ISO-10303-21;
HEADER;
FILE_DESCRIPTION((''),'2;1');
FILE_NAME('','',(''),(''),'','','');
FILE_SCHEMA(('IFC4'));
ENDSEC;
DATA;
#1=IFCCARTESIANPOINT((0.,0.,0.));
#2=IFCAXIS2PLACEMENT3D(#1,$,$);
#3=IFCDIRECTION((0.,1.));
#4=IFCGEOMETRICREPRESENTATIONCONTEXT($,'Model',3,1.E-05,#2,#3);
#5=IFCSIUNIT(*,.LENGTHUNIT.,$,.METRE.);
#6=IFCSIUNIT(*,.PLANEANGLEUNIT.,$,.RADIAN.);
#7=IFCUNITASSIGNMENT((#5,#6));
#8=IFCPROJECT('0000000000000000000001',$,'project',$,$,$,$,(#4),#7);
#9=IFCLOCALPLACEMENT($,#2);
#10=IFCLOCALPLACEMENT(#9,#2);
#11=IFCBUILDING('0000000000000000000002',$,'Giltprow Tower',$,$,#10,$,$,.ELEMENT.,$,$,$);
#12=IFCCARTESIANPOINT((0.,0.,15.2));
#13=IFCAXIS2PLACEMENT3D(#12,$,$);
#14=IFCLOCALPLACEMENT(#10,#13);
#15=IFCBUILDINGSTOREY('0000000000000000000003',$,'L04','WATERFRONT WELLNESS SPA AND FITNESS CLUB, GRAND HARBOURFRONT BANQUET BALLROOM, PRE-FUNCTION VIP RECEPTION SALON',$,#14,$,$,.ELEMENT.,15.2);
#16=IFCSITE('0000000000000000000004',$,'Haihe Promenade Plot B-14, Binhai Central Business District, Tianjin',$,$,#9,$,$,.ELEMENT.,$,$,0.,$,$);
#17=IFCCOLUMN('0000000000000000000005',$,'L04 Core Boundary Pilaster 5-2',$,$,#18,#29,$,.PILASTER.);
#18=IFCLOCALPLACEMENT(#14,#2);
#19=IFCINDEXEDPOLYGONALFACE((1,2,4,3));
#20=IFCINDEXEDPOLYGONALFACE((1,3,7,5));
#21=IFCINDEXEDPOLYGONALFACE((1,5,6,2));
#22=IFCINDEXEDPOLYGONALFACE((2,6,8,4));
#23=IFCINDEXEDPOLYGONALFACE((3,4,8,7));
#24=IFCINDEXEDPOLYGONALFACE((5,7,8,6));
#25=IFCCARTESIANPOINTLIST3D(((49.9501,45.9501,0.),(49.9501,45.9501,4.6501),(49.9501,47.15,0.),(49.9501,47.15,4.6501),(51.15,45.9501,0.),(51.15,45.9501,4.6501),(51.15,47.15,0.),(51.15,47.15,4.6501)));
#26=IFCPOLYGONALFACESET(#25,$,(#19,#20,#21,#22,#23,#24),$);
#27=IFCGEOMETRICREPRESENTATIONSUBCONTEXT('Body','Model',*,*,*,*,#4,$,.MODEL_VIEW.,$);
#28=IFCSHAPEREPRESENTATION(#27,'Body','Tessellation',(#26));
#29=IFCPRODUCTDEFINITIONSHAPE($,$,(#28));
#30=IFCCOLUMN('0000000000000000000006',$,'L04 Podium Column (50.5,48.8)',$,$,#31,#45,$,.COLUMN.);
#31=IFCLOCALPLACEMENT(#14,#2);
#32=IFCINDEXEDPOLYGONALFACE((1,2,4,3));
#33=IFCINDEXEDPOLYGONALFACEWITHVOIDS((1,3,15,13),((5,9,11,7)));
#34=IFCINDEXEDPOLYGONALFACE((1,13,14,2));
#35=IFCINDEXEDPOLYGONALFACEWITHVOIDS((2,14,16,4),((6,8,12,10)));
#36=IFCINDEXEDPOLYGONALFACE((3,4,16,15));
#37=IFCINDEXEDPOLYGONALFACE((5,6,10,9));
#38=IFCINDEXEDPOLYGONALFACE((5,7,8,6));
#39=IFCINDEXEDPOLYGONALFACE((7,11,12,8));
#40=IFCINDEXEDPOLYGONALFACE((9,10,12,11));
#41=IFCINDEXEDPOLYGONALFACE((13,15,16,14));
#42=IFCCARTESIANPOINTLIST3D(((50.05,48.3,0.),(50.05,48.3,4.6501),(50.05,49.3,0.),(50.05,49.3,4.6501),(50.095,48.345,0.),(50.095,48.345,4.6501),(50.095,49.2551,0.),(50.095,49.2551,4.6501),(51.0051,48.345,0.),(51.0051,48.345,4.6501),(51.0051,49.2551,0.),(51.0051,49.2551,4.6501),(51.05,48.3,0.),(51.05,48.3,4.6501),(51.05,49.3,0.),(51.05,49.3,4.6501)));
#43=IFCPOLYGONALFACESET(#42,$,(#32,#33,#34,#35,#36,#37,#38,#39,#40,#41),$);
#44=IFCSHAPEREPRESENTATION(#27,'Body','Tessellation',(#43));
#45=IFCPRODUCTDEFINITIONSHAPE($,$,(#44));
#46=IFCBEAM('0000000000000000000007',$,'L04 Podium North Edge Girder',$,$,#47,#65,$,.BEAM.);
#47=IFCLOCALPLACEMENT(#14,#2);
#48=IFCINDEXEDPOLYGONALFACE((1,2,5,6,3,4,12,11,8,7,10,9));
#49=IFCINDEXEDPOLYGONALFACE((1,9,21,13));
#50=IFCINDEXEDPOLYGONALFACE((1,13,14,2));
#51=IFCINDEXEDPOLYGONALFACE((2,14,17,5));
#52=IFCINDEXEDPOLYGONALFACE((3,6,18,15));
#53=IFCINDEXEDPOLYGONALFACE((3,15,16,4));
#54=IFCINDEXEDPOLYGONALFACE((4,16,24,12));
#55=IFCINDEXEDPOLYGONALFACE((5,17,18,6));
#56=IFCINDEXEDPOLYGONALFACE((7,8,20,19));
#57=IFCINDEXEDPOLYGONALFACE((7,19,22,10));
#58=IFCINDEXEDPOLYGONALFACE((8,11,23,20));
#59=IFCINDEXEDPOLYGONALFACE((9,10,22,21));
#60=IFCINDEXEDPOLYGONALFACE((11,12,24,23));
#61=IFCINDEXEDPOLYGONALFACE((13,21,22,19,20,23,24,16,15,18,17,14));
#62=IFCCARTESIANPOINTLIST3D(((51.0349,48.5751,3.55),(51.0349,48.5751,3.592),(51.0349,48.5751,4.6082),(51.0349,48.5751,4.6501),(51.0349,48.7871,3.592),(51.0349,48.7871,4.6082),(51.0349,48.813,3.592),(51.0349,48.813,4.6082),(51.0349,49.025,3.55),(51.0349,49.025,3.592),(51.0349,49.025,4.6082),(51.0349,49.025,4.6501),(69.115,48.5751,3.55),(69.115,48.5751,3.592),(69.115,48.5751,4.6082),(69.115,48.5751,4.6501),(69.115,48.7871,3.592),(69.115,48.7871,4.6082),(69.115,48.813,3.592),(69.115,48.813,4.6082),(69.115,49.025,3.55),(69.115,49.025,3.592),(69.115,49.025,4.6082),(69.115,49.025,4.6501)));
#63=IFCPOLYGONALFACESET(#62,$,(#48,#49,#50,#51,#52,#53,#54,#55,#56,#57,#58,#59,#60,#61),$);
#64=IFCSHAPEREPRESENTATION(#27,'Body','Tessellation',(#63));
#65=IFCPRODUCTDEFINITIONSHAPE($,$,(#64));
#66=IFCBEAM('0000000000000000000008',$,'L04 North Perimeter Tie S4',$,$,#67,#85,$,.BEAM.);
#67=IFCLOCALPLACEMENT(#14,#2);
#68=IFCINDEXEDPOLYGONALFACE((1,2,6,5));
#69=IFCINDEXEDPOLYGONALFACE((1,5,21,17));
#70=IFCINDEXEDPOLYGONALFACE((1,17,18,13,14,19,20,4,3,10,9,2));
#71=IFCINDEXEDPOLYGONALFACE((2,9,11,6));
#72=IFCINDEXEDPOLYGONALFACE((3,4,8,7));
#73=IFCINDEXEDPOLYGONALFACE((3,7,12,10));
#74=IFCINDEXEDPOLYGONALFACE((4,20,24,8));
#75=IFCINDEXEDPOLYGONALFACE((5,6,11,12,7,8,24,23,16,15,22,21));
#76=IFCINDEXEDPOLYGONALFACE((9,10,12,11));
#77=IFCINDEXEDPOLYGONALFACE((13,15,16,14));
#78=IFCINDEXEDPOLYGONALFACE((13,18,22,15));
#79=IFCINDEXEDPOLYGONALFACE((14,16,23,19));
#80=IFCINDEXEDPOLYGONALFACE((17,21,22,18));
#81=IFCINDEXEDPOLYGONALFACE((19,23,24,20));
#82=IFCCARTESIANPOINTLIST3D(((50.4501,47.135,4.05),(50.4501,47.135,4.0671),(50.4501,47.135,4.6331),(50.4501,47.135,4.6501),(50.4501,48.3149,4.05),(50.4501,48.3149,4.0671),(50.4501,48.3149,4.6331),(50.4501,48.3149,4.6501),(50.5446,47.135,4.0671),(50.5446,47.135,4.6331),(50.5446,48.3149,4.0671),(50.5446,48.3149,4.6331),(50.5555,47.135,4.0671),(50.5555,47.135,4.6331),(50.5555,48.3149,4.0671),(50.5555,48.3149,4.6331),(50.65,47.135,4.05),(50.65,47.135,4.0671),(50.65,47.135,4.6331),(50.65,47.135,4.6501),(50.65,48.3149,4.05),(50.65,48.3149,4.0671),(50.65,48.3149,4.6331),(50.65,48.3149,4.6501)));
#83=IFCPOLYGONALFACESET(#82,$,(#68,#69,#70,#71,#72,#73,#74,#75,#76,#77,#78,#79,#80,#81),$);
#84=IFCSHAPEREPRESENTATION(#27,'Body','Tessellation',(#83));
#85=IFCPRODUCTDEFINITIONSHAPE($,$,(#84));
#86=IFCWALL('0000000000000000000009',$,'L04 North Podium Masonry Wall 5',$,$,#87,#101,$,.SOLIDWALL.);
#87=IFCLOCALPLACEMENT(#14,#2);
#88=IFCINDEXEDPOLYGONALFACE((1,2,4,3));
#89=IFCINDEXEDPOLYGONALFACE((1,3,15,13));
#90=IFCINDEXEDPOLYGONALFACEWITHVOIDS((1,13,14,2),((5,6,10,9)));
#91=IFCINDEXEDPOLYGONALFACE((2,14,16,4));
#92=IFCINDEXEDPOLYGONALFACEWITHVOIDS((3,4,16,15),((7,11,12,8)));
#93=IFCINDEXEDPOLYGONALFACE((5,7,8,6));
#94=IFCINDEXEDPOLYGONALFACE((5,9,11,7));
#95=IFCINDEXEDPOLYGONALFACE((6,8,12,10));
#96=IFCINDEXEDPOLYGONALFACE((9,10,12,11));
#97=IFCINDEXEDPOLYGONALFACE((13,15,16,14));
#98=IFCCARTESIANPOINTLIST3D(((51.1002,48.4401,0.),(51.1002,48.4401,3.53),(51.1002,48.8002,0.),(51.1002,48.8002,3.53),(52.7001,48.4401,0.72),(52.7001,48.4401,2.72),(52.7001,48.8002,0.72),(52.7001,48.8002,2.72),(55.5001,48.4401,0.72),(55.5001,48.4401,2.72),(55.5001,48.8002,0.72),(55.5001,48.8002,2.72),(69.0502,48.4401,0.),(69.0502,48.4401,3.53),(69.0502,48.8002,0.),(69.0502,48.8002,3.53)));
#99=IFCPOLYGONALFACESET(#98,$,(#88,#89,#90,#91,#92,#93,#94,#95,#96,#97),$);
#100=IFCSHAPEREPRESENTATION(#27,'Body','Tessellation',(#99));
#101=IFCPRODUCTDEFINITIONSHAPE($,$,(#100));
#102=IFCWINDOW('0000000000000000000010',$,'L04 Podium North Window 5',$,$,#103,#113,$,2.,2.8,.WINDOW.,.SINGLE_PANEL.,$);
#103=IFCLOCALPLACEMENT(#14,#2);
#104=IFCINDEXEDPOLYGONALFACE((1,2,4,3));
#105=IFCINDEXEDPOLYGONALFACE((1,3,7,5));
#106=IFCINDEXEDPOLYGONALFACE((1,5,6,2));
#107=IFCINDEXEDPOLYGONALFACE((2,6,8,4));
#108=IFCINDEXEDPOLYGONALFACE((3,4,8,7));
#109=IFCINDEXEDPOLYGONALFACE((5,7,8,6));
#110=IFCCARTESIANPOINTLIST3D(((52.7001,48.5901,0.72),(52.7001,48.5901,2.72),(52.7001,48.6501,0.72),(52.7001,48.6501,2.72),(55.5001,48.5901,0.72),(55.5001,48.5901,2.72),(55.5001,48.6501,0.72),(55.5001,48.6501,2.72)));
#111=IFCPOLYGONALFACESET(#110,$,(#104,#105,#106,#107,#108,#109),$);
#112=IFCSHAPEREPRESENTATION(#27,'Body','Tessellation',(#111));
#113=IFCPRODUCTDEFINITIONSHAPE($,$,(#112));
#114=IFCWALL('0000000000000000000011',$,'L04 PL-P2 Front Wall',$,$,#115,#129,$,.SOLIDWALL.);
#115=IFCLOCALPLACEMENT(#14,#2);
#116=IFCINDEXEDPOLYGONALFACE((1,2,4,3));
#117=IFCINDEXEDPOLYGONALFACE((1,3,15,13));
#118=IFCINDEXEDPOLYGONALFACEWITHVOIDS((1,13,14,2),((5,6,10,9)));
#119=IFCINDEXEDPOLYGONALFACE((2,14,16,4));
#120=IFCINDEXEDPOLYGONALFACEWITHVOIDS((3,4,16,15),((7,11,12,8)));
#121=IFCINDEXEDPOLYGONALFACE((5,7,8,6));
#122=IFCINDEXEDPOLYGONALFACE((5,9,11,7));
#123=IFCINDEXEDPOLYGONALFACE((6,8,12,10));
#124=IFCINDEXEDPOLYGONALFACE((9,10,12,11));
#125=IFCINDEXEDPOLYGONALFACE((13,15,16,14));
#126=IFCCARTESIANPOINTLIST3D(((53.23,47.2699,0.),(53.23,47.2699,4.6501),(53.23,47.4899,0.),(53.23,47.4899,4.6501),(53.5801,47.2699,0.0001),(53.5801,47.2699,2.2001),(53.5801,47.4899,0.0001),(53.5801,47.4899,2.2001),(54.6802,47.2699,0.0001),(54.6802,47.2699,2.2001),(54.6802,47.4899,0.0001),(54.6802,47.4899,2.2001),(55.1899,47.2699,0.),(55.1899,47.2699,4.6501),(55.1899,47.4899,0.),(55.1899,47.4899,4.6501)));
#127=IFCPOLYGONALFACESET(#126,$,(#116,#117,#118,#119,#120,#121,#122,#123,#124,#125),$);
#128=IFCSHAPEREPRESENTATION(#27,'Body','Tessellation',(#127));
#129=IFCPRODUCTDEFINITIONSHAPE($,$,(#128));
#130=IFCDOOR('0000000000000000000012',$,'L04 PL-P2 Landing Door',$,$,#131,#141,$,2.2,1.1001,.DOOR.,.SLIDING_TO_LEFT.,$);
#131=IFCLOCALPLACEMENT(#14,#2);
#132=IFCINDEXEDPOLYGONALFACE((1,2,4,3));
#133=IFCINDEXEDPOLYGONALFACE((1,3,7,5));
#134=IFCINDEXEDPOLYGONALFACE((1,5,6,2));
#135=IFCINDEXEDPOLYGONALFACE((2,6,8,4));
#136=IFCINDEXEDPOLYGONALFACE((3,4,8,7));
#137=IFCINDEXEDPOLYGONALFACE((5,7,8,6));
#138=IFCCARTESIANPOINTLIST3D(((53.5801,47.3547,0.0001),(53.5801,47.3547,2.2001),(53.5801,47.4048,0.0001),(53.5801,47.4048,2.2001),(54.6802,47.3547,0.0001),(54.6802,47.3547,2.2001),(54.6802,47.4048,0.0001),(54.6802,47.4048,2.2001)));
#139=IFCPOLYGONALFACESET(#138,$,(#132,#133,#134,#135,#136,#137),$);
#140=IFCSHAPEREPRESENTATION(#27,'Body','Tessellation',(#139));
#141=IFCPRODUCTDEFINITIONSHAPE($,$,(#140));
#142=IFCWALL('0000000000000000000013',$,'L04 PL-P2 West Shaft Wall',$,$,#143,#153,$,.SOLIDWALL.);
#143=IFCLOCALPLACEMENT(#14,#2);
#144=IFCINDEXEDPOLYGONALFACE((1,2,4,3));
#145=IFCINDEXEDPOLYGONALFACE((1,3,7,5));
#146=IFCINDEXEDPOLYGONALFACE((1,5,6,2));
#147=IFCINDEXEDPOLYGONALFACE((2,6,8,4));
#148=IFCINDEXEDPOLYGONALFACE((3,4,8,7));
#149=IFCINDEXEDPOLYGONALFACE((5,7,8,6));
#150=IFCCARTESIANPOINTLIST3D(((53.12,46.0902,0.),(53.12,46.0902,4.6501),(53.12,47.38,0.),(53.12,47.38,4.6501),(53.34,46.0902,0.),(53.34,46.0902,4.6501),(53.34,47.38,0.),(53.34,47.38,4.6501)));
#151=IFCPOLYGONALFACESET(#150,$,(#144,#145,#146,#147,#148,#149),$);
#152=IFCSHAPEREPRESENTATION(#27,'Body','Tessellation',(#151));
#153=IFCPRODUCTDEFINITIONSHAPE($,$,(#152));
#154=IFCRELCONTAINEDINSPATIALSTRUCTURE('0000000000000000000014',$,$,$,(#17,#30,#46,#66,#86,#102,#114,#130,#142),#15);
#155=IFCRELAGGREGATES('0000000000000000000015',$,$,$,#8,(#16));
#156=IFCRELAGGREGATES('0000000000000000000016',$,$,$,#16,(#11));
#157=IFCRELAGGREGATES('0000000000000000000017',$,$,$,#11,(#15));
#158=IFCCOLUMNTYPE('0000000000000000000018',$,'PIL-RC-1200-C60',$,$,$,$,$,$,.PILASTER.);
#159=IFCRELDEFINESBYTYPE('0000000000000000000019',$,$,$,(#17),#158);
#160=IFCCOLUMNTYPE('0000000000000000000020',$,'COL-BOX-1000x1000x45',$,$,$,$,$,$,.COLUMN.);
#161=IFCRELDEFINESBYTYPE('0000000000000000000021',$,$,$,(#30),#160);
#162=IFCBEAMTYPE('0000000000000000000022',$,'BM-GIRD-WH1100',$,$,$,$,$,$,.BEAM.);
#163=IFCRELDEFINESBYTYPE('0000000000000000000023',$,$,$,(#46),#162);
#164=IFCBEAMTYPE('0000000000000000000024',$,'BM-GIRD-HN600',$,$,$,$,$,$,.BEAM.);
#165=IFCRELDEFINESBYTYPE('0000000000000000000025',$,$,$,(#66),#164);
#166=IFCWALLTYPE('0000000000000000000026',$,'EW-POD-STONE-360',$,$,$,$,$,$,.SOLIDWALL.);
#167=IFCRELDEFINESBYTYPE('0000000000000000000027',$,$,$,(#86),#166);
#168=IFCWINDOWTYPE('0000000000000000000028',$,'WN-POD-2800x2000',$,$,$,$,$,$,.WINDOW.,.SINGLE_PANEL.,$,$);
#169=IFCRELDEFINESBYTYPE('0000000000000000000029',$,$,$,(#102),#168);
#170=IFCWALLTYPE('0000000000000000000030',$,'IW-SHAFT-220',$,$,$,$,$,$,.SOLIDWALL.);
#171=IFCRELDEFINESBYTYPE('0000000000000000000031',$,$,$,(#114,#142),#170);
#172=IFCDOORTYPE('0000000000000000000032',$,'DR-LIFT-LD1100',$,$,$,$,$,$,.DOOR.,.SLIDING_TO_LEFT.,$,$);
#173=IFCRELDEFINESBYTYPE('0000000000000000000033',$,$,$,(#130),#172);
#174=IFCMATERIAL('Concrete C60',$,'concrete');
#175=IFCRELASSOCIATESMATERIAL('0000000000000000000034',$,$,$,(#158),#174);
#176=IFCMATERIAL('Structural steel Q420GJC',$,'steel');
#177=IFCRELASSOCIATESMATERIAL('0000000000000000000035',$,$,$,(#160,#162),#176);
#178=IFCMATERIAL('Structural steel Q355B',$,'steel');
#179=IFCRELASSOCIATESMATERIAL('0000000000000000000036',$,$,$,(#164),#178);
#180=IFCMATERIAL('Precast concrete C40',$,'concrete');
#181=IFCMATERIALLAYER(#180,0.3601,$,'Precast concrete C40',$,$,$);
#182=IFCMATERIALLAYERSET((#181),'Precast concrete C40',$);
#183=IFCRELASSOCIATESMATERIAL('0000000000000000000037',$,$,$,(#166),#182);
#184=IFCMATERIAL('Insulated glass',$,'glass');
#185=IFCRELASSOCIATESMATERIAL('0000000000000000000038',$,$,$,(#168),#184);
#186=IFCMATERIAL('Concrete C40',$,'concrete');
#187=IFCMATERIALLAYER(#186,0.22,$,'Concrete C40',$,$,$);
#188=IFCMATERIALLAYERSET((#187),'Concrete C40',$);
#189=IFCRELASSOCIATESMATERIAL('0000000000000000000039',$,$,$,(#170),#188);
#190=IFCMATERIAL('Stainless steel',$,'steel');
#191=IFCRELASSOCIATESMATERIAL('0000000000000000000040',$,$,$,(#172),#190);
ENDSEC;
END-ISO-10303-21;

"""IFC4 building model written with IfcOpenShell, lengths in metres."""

from ifc_helpers import new_model, si_unit, direction, frame, frame_2d, origin, origin_2d, place, context, subcontext, project, spatial, rectangle, hollow_rectangle, i_section, extrude, source, transform, mapped, material, layer, layer_set, material_profile, profile_set, type_object, element, fill, save


model = new_model("IFC4")

# Units and contexts
model_context = context("Model", 3, precision=1e-05, world=origin(), true_north=direction((0.0, 1.0)))
body_context = subcontext(model_context, "Body", "Model", "MODEL_VIEW")
ifc_project = project(units=[si_unit("LENGTHUNIT", "METRE"), si_unit("PLANEANGLEUNIT", "RADIAN")], contexts=[model_context])

# Site, building, storey
site_placement = place(None, origin())
site = spatial("IfcSite", under=ifc_project, at=site_placement, Name="Haihe Promenade Plot B-14, Binhai Central Business District, Tianjin", CompositionType="ELEMENT", RefElevation=0.0)
building_placement = place(site_placement, origin())
building = spatial("IfcBuilding", under=site, at=building_placement, Name="Giltprow Tower", CompositionType="ELEMENT")
storey_placement = place(building_placement, frame((0.0, 0.0, 15.2)))
storey = spatial("IfcBuildingStorey", under=building, at=storey_placement, Name="L04", Description="WATERFRONT WELLNESS SPA AND FITNESS CLUB, GRAND HARBOURFRONT BANQUET BALLROOM, PRE-FUNCTION VIP RECEPTION SALON", CompositionType="ELEMENT", Elevation=15.2)

# Columns
ifc_material_1 = material(Name="Concrete C60", Category="concrete")
ifc_material_profile_1 = material_profile(ifc_material_1, rectangle(XDim=1.2, YDim=1.2, at=origin_2d()), Name="RC 1200x1200")
ifc_profile_set_1 = profile_set([ifc_material_profile_1], Name="Concrete C60")
column_type_1 = type_object("IfcColumnType", Name="PIL-RC-1200-C60", PredefinedType="PILASTER", material=ifc_profile_set_1)
shared_shape_1 = source(origin(), body_context, "Body", "SweptSolid", [
    extrude(rectangle(XDim=1.2, YDim=1.2, at=origin_2d()), origin(), (0.0, 0.0, 1.0), 4.6501),
])
column_1_placement = place(storey_placement, frame((50.55, 46.55, 0.0), z_axis=(0.0, 0.0, 1.0), x_axis=(1.0, 0.0, 0.0)))
element("IfcColumn", 1, at=column_1_placement, inside=storey, type_object=column_type_1, Name="L04 Core Boundary Pilaster 5-2", PredefinedType="PILASTER", context=body_context, shape_type="MappedRepresentation", body=[
    mapped(shared_shape_1, transform((0.0, 0.0, 0.0), x_axis=(1.0, 0.0, 0.0), y_axis=(0.0, 1.0, 0.0), z_axis=(0.0, 0.0, 1.0), scale=1.0)),
])
ifc_material_2 = material(Name="Structural steel Q420GJC", Category="steel")
ifc_material_profile_2 = material_profile(ifc_material_2, hollow_rectangle(XDim=1.0, YDim=1.0, WallThickness=0.0449, at=origin_2d()), Name="BOX 1000x1000x45")
ifc_profile_set_2 = profile_set([ifc_material_profile_2], Name="Structural steel Q420GJC")
column_type_2 = type_object("IfcColumnType", Name="COL-BOX-1000x1000x45", PredefinedType="COLUMN", material=ifc_profile_set_2)
shared_shape_2 = source(origin(), body_context, "Body", "SweptSolid", [
    extrude(hollow_rectangle(XDim=1.0, YDim=1.0, WallThickness=0.0449, at=origin_2d()), origin(), (0.0, 0.0, 1.0), 4.6501),
])
column_2_placement = place(storey_placement, frame((50.55, 48.8, 0.0), z_axis=(0.0, 0.0, 1.0), x_axis=(1.0, 0.0, 0.0)))
element("IfcColumn", 2, at=column_2_placement, inside=storey, type_object=column_type_2, Name="L04 Podium Column (50.5,48.8)", PredefinedType="COLUMN", context=body_context, shape_type="MappedRepresentation", body=[
    mapped(shared_shape_2, transform((0.0, 0.0, 0.0), x_axis=(1.0, 0.0, 0.0), y_axis=(0.0, 1.0, 0.0), z_axis=(0.0, 0.0, 1.0), scale=1.0)),
])

# Beams
ifc_material_profile_3 = material_profile(ifc_material_2, i_section(OverallWidth=0.45, OverallDepth=1.1001, WebThickness=0.0259, FlangeThickness=0.042, at=origin_2d()), Name="WH 1100x450x26x42")
ifc_profile_set_3 = profile_set([ifc_material_profile_3], Name="Structural steel Q420GJC")
beam_type_1 = type_object("IfcBeamType", Name="BM-GIRD-WH1100", PredefinedType="BEAM", material=ifc_profile_set_3)
shared_shape_3 = source(origin(), body_context, "Body", "SweptSolid", [
    extrude(i_section(OverallWidth=0.45, OverallDepth=1.1001, WebThickness=0.0259, FlangeThickness=0.042, at=origin_2d()), origin(), (0.0, 0.0, 1.0), 18.0801),
])
beam_1_placement = place(storey_placement, frame((51.0349, 48.8, 4.1001), z_axis=(1.0, 0.0, 0.0), x_axis=(0.0, 1.0, 0.0)))
element("IfcBeam", 3, at=beam_1_placement, inside=storey, type_object=beam_type_1, Name="L04 Podium North Edge Girder", PredefinedType="BEAM", context=body_context, shape_type="MappedRepresentation", body=[
    mapped(shared_shape_3, transform((0.0, 0.0, 0.0), x_axis=(1.0, 0.0, 0.0), y_axis=(0.0, 1.0, 0.0), z_axis=(0.0, 0.0, 1.0), scale=1.0)),
])
ifc_material_3 = material(Name="Structural steel Q355B", Category="steel")
ifc_material_profile_4 = material_profile(ifc_material_3, i_section(OverallWidth=0.2, OverallDepth=0.6001, WebThickness=0.011, FlangeThickness=0.0171, at=origin_2d()), Name="HN 600x200x11x17")
ifc_profile_set_4 = profile_set([ifc_material_profile_4], Name="Structural steel Q355B")
beam_type_2 = type_object("IfcBeamType", Name="BM-GIRD-HN600", PredefinedType="BEAM", material=ifc_profile_set_4)
shared_shape_4 = source(origin(), body_context, "Body", "SweptSolid", [
    extrude(i_section(OverallWidth=0.2, OverallDepth=0.6001, WebThickness=0.011, FlangeThickness=0.0171, at=origin_2d()), origin(), (0.0, 0.0, 1.0), 1.1799),
])
beam_2_placement = place(storey_placement, frame((50.55, 47.135, 4.3501), z_axis=(0.0, 1.0, 0.0), x_axis=(-1.0, 0.0, 0.0)))
element("IfcBeam", 4, at=beam_2_placement, inside=storey, type_object=beam_type_2, Name="L04 North Perimeter Tie S4", PredefinedType="BEAM", context=body_context, shape_type="MappedRepresentation", body=[
    mapped(shared_shape_4, transform((0.0, 0.0, 0.0), x_axis=(1.0, 0.0, 0.0), y_axis=(0.0, 1.0, 0.0), z_axis=(0.0, 0.0, 1.0), scale=1.0)),
])

# Wall, opening, window
ifc_material_4 = material(Name="Precast concrete C40", Category="concrete")
ifc_layer_1 = layer(ifc_material_4, 0.3601, Name="Precast concrete C40")
ifc_layer_set_1 = layer_set([ifc_layer_1], Name="Precast concrete C40")
wall_type_1 = type_object("IfcWallType", Name="EW-POD-STONE-360", PredefinedType="SOLIDWALL", material=ifc_layer_set_1)
wall_1_placement = place(storey_placement, frame((51.1001, 48.6201, 0.0), z_axis=(0.0, 0.0, 1.0), x_axis=(1.0, 0.0, 0.0)))
wall_1 = element("IfcWall", 5, at=wall_1_placement, inside=storey, type_object=wall_type_1, Name="L04 North Podium Masonry Wall 5", PredefinedType="SOLIDWALL", context=body_context, shape_type="SweptSolid", body=[
    extrude(rectangle(XDim=17.95, YDim=0.3601, at=frame_2d((8.9751, 0.0))), origin(), (0.0, 0.0, 1.0), 3.53),
])
opening_1_placement = place(wall_1_placement, frame((1.6001, 0.0, 0.72)))
opening_1 = element("IfcOpeningElement", 6, at=opening_1_placement, cuts=wall_1, PredefinedType="OPENING", context=body_context, shape_type="SweptSolid", body=[
    extrude(rectangle(XDim=2.8, YDim=2.0, at=frame_2d((1.3999, 1.0))), frame((0.0, 0.1899, 0.0), z_axis=(0.0, -1.0, 0.0), x_axis=(1.0, 0.0, 0.0)), (0.0, 0.0, 1.0), 0.3801),
])
ifc_material_5 = material(Name="Insulated glass", Category="glass")
window_type = type_object("IfcWindowType", Name="WN-POD-2800x2000", PartitioningType="SINGLE_PANEL", PredefinedType="WINDOW", material=ifc_material_5)
shared_shape_5 = source(origin(), body_context, "Body", "SweptSolid", [
    extrude(rectangle(XDim=2.8, YDim=2.0, at=frame_2d((1.3999, 1.0))), frame((0.0, 0.03, 0.0), z_axis=(0.0, -1.0, 0.0), x_axis=(1.0, 0.0, 0.0)), (0.0, 0.0, 1.0), 0.0601),
])
window_placement = place(opening_1_placement, origin())
window = element("IfcWindow", 7, at=window_placement, inside=storey, type_object=window_type, Name="L04 Podium North Window 5", OverallHeight=2.0, OverallWidth=2.8, PartitioningType="SINGLE_PANEL", PredefinedType="WINDOW", context=body_context, shape_type="MappedRepresentation", body=[
    mapped(shared_shape_5, transform((0.0, 0.0, 0.0), x_axis=(1.0, 0.0, 0.0), y_axis=(0.0, 1.0, 0.0), z_axis=(0.0, 0.0, 1.0), scale=1.0)),
])
fill(opening_1, window)

# Wall, opening, door
ifc_material_6 = material(Name="Concrete C40", Category="concrete")
ifc_layer_2 = layer(ifc_material_6, 0.22, Name="Concrete C40")
ifc_layer_set_2 = layer_set([ifc_layer_2], Name="Concrete C40")
wall_type_2 = type_object("IfcWallType", Name="IW-SHAFT-220", PredefinedType="SOLIDWALL", material=ifc_layer_set_2)
wall_2_placement = place(storey_placement, frame((53.23, 47.3799, 0.0), z_axis=(0.0, 0.0, 1.0), x_axis=(1.0, 0.0, 0.0)))
wall_2 = element("IfcWall", 8, at=wall_2_placement, inside=storey, type_object=wall_type_2, Name="L04 PL-P2 Front Wall", PredefinedType="SOLIDWALL", context=body_context, shape_type="SweptSolid", body=[
    extrude(rectangle(XDim=1.96, YDim=0.22, at=frame_2d((0.98, 0.0))), origin(), (0.0, 0.0, 1.0), 4.6501),
])
opening_2_placement = place(wall_2_placement, frame((0.3501, 0.0, 0.0)))
opening_2 = element("IfcOpeningElement", 9, at=opening_2_placement, cuts=wall_2, PredefinedType="OPENING", context=body_context, shape_type="SweptSolid", body=[
    extrude(rectangle(XDim=1.1001, YDim=2.2, at=frame_2d((0.55, 1.1001))), frame((0.0, 0.1199, 0.0), z_axis=(0.0, -1.0, 0.0), x_axis=(1.0, 0.0, 0.0)), (0.0, 0.0, 1.0), 0.24),
])
ifc_material_7 = material(Name="Stainless steel", Category="steel")
door_type_1 = type_object("IfcDoorType", Name="DR-LIFT-LD1100", OperationType="SLIDING_TO_LEFT", PredefinedType="DOOR", material=ifc_material_7)
shared_shape_6 = source(origin(), body_context, "Body", "SweptSolid", [
    extrude(rectangle(XDim=1.1001, YDim=2.2, at=frame_2d((0.55, 1.1001))), frame((0.0, 0.0249, 0.0), z_axis=(0.0, -1.0, 0.0), x_axis=(1.0, 0.0, 0.0)), (0.0, 0.0, 1.0), 0.05),
])
door_1_placement = place(opening_2_placement, origin())
door_1 = element("IfcDoor", 10, at=door_1_placement, inside=storey, type_object=door_type_1, Name="L04 PL-P2 Landing Door", OperationType="SLIDING_TO_LEFT", OverallHeight=2.2, OverallWidth=1.1001, PredefinedType="DOOR", context=body_context, shape_type="MappedRepresentation", body=[
    mapped(shared_shape_6, transform((0.0, 0.0, 0.0), x_axis=(1.0, 0.0, 0.0), y_axis=(0.0, 1.0, 0.0), z_axis=(0.0, 0.0, 1.0), scale=1.0)),
])
fill(opening_2, door_1)

# Wall
wall_3_placement = place(storey_placement, frame((53.23, 46.0901, 0.0), z_axis=(0.0, 0.0, 1.0), x_axis=(0.0, 1.0, 0.0)))
element("IfcWall", 11, at=wall_3_placement, inside=storey, type_object=wall_type_2, Name="L04 PL-P2 West Shaft Wall", PredefinedType="SOLIDWALL", context=body_context, shape_type="SweptSolid", body=[
    extrude(rectangle(XDim=1.2898, YDim=0.22, at=frame_2d((0.645, 0.0))), origin(), (0.0, 0.0, 1.0), 4.6501),
])

save(model, "model.ifc")
